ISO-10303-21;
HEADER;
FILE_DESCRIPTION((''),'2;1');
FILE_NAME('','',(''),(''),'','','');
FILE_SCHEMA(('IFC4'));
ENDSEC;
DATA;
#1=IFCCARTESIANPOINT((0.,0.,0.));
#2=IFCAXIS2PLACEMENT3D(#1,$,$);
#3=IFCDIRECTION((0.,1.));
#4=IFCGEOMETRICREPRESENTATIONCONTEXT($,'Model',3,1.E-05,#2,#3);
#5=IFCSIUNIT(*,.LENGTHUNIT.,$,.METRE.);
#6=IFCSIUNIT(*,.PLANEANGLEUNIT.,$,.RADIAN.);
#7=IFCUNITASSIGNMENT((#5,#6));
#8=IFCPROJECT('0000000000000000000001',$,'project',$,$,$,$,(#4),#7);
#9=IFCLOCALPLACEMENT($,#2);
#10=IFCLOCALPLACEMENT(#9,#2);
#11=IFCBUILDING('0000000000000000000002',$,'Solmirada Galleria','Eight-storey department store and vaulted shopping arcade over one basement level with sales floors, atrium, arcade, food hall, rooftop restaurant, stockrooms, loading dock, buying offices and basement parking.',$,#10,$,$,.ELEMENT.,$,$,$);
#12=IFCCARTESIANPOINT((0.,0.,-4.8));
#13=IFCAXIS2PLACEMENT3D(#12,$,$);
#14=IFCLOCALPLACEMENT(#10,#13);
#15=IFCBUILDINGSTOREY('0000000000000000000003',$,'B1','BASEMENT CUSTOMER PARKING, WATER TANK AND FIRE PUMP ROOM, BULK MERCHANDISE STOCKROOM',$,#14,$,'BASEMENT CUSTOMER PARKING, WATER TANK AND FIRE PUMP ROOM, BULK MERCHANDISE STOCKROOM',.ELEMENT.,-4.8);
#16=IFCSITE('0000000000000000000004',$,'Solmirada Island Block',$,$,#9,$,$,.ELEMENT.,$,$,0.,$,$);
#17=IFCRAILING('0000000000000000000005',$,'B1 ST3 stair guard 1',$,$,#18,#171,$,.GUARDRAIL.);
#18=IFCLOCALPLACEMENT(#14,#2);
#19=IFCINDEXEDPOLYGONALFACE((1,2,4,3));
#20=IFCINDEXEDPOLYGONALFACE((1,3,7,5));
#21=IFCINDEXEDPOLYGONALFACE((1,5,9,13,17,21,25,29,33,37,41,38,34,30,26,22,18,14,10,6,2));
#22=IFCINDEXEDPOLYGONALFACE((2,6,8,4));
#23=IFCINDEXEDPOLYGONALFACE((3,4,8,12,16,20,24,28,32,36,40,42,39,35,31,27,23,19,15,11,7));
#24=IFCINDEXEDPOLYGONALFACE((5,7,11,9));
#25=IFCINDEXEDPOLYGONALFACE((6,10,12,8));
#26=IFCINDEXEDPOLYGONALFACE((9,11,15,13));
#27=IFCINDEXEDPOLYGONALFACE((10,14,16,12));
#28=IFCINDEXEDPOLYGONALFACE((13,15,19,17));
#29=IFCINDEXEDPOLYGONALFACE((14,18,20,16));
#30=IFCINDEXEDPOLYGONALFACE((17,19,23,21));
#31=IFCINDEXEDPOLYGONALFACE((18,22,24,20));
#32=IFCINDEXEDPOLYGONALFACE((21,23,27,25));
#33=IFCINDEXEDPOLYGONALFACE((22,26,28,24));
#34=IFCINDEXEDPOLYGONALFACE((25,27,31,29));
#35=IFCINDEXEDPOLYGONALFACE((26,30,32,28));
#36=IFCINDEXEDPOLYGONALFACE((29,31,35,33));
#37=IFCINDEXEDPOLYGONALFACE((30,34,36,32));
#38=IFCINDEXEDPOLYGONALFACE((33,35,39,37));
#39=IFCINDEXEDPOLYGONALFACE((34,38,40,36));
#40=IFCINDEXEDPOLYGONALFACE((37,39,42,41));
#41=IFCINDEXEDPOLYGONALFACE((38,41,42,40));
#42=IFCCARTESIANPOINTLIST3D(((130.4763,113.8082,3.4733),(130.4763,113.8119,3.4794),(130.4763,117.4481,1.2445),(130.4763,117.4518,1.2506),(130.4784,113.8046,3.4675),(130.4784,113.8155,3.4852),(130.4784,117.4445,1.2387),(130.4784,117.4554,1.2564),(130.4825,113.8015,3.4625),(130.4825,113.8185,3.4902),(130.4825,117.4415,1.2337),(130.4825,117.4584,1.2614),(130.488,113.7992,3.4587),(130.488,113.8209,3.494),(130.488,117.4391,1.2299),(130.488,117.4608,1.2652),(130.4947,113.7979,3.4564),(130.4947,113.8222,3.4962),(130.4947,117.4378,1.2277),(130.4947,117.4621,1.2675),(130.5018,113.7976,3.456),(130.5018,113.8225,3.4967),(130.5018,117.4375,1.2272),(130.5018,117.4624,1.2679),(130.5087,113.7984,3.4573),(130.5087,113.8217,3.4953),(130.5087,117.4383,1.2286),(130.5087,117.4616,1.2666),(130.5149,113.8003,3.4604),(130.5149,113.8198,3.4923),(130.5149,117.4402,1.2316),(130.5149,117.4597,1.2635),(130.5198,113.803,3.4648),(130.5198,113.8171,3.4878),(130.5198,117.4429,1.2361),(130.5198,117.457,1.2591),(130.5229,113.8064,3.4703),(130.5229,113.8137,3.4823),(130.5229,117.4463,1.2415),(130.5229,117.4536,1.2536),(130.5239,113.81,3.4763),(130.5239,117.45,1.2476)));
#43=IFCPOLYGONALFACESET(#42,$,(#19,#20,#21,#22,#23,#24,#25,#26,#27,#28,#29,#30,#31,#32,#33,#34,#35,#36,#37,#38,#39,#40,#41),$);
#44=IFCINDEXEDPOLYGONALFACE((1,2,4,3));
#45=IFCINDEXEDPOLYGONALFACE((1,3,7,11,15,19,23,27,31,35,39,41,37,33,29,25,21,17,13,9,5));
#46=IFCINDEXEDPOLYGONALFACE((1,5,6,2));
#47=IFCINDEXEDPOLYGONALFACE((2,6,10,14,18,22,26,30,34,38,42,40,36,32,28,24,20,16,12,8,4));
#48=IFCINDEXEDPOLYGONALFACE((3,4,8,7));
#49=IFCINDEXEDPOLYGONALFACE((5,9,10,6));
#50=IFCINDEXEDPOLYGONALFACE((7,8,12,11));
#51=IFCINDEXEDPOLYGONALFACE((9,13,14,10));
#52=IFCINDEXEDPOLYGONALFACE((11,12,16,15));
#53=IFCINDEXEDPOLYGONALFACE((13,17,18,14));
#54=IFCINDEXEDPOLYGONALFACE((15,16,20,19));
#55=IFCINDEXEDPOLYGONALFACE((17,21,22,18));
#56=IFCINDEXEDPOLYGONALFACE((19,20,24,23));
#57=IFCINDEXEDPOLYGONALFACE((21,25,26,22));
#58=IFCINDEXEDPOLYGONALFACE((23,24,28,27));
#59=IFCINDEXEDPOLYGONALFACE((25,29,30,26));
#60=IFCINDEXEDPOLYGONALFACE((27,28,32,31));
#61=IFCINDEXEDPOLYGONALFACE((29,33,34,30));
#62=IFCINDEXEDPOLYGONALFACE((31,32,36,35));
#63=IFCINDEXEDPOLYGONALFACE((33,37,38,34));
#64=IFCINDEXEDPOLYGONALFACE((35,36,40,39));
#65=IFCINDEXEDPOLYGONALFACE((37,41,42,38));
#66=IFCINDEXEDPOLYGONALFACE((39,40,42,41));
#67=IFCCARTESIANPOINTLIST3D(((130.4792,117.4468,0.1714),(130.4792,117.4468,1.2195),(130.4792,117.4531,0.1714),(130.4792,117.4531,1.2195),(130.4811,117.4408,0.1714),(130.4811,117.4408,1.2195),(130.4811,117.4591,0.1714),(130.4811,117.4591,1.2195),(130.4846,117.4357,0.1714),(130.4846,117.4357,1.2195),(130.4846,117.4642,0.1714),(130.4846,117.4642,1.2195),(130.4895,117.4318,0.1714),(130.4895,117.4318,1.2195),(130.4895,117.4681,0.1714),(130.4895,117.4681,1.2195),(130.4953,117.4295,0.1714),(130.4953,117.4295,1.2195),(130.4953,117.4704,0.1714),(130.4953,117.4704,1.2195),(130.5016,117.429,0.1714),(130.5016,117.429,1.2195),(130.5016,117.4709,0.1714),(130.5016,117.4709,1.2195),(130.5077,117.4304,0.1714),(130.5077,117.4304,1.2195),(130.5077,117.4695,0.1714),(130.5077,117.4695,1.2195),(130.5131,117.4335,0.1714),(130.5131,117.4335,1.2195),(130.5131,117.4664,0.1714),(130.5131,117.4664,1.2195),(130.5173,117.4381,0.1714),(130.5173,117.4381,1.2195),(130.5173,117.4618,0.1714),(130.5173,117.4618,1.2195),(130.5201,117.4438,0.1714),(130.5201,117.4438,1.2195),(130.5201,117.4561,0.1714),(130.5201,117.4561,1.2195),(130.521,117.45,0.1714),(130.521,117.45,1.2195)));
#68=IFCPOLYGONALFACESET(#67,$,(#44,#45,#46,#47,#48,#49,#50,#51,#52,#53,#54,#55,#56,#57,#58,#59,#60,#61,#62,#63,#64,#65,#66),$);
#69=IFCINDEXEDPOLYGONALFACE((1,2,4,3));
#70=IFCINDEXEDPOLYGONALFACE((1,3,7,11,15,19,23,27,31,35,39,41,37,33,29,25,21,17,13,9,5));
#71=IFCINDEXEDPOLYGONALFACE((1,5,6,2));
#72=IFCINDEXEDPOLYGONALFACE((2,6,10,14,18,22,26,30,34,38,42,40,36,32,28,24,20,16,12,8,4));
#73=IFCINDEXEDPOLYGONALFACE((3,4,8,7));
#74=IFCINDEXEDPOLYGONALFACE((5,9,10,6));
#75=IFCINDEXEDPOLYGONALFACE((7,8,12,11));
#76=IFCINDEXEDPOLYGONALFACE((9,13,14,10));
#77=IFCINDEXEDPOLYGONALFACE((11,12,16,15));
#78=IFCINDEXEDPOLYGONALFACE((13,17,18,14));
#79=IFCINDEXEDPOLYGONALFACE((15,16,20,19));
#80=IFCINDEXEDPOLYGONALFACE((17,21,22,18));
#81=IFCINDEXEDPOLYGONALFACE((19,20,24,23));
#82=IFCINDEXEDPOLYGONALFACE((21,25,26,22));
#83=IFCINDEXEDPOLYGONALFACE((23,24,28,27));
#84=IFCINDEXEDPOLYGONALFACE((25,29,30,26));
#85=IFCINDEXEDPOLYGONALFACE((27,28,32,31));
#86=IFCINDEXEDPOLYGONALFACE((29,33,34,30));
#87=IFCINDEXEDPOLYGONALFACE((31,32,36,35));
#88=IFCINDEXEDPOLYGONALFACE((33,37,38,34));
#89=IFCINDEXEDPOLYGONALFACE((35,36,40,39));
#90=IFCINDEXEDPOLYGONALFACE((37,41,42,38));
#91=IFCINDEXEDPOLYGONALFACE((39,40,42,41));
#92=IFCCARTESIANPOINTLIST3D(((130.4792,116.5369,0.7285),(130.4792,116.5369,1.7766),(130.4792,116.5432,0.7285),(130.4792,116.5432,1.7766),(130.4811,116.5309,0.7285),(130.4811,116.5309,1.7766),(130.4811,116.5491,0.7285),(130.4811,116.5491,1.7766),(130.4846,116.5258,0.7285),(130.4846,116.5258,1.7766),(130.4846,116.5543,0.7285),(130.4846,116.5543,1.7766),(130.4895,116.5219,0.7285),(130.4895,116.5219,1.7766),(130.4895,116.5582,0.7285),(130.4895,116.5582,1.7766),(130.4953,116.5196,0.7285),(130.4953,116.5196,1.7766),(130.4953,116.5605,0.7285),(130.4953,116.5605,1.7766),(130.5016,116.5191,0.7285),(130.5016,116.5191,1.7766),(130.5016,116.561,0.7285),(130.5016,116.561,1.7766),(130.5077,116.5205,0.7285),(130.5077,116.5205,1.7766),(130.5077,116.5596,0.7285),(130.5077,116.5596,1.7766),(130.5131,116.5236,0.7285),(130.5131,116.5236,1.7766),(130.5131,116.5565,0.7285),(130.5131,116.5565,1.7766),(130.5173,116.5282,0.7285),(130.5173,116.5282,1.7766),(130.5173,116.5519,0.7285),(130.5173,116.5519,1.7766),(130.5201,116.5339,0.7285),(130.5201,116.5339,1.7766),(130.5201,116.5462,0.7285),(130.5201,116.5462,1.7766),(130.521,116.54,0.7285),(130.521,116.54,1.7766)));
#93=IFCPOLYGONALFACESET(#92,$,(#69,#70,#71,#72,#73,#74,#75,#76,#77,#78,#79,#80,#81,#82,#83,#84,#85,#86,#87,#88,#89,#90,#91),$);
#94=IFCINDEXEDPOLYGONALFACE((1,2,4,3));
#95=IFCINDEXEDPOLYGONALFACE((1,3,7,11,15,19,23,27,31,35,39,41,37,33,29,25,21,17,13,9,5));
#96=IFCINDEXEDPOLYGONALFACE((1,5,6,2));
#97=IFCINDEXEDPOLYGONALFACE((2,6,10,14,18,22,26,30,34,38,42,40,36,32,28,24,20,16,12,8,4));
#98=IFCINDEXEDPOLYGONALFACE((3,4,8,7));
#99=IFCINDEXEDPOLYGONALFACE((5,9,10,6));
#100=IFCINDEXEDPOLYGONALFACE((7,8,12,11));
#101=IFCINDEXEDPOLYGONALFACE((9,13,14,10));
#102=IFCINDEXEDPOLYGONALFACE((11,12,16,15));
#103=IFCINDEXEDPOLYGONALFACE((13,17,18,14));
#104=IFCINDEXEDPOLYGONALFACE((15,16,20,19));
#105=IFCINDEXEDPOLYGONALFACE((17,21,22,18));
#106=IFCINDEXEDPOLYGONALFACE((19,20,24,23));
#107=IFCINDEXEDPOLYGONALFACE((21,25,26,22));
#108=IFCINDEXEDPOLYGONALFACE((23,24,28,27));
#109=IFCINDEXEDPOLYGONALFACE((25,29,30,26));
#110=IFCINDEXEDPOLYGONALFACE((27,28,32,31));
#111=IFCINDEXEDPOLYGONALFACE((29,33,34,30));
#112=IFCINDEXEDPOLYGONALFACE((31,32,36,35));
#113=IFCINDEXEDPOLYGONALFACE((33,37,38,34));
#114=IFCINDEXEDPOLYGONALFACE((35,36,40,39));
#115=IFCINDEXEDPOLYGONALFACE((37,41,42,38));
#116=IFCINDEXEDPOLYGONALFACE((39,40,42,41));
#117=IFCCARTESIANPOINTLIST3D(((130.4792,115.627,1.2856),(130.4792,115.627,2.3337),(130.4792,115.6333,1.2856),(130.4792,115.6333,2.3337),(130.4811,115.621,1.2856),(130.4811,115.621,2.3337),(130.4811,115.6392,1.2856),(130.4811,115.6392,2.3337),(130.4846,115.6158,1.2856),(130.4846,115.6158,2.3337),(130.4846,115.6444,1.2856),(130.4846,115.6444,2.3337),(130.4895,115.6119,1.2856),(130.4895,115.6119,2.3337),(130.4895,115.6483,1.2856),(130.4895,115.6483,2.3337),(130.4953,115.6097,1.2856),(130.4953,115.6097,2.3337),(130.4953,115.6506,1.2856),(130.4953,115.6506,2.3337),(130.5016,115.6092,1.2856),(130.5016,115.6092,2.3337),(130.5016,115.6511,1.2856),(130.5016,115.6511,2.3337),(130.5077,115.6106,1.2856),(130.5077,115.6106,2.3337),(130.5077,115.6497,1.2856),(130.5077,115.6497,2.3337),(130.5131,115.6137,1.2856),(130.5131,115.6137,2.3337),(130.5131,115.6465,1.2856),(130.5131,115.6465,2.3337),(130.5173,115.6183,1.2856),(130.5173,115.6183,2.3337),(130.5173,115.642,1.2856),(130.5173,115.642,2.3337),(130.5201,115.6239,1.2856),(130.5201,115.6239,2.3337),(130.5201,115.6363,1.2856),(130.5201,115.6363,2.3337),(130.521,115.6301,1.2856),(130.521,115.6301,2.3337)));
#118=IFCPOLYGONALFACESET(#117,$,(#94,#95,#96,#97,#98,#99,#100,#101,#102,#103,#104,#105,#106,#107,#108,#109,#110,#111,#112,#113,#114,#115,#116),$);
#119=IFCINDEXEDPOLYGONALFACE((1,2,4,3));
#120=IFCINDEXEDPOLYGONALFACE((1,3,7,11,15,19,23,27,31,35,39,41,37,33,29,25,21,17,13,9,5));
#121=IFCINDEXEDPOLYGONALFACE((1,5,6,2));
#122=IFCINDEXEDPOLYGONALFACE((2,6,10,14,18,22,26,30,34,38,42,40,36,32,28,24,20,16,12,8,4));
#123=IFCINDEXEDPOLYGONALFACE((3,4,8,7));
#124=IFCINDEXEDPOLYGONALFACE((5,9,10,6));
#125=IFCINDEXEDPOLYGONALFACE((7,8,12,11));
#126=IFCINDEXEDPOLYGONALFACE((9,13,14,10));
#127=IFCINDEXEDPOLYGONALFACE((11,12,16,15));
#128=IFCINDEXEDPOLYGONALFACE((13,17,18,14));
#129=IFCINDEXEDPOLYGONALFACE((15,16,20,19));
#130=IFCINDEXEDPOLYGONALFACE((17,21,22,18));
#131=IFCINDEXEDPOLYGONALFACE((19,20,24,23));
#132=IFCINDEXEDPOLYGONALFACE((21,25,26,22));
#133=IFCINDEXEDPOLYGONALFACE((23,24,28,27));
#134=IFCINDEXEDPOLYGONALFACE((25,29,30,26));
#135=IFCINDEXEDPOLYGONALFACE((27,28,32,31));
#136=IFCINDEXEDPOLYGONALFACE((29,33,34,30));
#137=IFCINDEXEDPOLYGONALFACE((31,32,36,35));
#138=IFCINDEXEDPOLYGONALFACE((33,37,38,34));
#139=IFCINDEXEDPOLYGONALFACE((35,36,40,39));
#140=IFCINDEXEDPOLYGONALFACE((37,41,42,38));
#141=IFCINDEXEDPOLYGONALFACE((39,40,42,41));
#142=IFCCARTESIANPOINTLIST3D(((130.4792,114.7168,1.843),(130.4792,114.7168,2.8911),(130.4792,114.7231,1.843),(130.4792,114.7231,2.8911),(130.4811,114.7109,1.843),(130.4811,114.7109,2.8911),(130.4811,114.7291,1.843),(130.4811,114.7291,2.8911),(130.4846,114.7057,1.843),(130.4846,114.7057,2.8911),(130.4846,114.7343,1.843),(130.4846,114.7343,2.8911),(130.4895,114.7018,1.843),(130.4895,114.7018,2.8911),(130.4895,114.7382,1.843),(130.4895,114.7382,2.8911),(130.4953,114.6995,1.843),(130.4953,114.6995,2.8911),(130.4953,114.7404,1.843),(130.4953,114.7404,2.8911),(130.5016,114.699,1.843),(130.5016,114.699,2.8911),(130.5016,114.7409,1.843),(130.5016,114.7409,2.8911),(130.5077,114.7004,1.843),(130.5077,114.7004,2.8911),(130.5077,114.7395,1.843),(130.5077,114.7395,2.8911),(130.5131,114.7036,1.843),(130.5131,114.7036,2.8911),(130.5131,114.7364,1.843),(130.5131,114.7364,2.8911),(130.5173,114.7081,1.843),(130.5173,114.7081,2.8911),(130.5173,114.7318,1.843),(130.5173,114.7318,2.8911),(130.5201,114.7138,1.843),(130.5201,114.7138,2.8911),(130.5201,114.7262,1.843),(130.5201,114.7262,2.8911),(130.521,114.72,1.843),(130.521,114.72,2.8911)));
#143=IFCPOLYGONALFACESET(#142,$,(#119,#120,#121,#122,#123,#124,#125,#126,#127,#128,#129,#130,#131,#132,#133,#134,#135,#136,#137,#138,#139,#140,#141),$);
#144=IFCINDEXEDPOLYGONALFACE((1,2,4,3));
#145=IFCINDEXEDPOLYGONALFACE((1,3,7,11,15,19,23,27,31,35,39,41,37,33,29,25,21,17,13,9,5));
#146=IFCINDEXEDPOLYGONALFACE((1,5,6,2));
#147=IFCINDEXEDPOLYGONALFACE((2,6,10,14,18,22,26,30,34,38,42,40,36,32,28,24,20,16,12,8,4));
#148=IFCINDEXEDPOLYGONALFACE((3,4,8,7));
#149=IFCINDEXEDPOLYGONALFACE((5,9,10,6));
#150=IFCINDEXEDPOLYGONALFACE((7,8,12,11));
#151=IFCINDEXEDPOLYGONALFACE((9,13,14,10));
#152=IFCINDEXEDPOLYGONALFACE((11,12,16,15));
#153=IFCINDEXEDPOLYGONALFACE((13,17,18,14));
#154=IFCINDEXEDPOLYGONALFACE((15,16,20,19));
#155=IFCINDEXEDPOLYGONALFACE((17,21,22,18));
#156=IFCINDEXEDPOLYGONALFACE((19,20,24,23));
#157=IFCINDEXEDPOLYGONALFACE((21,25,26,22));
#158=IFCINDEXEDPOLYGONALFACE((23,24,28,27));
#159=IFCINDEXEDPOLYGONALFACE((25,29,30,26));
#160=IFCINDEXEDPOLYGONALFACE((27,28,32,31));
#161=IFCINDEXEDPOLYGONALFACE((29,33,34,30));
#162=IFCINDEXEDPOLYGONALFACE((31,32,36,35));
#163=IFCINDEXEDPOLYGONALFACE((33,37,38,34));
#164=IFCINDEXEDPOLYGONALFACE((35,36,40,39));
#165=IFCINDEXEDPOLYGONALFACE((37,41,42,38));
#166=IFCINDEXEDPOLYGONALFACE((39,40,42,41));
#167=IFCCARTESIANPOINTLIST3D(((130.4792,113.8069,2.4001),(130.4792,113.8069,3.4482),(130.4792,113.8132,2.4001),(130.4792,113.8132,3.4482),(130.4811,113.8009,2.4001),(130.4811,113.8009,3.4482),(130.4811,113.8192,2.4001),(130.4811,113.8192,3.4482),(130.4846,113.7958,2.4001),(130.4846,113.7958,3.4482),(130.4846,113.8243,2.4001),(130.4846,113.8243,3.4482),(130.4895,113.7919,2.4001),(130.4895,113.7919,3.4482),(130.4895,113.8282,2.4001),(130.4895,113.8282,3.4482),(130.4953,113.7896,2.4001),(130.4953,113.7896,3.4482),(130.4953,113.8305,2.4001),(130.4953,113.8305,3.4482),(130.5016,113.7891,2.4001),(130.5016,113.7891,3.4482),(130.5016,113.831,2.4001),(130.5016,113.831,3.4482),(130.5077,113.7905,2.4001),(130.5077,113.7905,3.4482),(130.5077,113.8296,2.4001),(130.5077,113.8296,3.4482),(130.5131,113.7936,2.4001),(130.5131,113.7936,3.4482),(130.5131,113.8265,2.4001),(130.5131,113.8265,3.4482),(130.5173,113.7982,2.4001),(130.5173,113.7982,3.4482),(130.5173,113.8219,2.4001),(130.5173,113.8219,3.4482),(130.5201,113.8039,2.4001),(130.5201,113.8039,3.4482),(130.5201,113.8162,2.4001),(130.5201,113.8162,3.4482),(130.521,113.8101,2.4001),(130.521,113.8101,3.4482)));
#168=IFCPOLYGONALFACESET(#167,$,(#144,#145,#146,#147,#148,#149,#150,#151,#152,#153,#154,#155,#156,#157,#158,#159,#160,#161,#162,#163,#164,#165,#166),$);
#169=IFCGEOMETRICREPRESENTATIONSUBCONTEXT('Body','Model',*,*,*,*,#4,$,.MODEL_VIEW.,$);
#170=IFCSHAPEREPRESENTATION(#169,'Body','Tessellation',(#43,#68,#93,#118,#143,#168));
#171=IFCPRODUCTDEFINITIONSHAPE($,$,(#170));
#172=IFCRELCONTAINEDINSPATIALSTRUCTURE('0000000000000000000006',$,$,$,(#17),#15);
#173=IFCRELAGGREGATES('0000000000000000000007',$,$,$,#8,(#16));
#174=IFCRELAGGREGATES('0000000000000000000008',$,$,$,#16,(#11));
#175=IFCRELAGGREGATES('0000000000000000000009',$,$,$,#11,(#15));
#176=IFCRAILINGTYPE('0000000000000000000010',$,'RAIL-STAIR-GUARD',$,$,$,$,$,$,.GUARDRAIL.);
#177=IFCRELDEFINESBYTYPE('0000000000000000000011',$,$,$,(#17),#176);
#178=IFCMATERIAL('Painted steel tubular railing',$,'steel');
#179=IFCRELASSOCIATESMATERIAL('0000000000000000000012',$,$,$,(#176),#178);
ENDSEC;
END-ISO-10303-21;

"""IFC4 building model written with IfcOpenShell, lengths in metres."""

from ifc_helpers import new_model, si_unit, direction, frame, origin, origin_2d, place, context, subcontext, project, spatial, circle, extrude, material, type_object, element, save


model = new_model("IFC4")

# Units and contexts
model_context = context("Model", 3, precision=1e-05, world=origin(), true_north=direction((0.0, 1.0)))
body_context = subcontext(model_context, "Body", "Model", "MODEL_VIEW")
ifc_project = project(units=[si_unit("LENGTHUNIT", "METRE"), si_unit("PLANEANGLEUNIT", "RADIAN")], contexts=[model_context])

# Site, building, storey
site_placement = place(None, origin())
site = spatial("IfcSite", under=ifc_project, at=site_placement, Name="Solmirada Island Block", CompositionType="ELEMENT", RefElevation=0.0)
building_placement = place(site_placement, origin())
building = spatial("IfcBuilding", under=site, at=building_placement, Name="Solmirada Galleria", Description="Eight-storey department store and vaulted shopping arcade over one basement level with sales floors, atrium, arcade, food hall, rooftop restaurant, stockrooms, loading dock, buying offices and basement parking.", CompositionType="ELEMENT")
storey_placement = place(building_placement, frame((0.0, 0.0, -4.8)))
storey = spatial("IfcBuildingStorey", under=building, at=storey_placement, Name="B1", Description="BASEMENT CUSTOMER PARKING, WATER TANK AND FIRE PUMP ROOM, BULK MERCHANDISE STOCKROOM", LongName="BASEMENT CUSTOMER PARKING, WATER TANK AND FIRE PUMP ROOM, BULK MERCHANDISE STOCKROOM", CompositionType="ELEMENT", Elevation=-4.8)

# Railing
ifc_material_1 = material(Name="Painted steel tubular railing", Category="steel")
railing_type_1 = type_object("IfcRailingType", Name="RAIL-STAIR-GUARD", PredefinedType="GUARDRAIL", material=ifc_material_1)
railing_1_placement = place(storey_placement, frame((130.5, 117.45, 0.1714)))
element("IfcRailing", 1, at=railing_1_placement, inside=storey, type_object=railing_type_1, Name="B1 ST3 stair guard 1", PredefinedType="GUARDRAIL", context=body_context, shape_type="SweptSolid", body=[
    extrude(circle(Radius=0.0239, at=origin_2d()), frame((0.0, 0.0, 1.0762), z_axis=(0.0, -0.852825, 0.522197), x_axis=(1.0, 0.0, 0.0)), (0.0, 0.0, 1.0), 4.2681),
    extrude(circle(Radius=0.021, at=origin_2d()), origin(), (0.0, 0.0, 1.0), 1.0481),
    extrude(circle(Radius=0.021, at=origin_2d()), frame((0.0, -0.9099, 0.5571)), (0.0, 0.0, 1.0), 1.0481),
    extrude(circle(Radius=0.021, at=origin_2d()), frame((0.0, -1.8198, 1.1143)), (0.0, 0.0, 1.0), 1.0481),
    extrude(circle(Radius=0.021, at=origin_2d()), frame((0.0, -2.73, 1.6716)), (0.0, 0.0, 1.0), 1.0481),
    extrude(circle(Radius=0.021, at=origin_2d()), frame((0.0, -3.6399, 2.2288)), (0.0, 0.0, 1.0), 1.0481),
])

save(model, "model.ifc")
